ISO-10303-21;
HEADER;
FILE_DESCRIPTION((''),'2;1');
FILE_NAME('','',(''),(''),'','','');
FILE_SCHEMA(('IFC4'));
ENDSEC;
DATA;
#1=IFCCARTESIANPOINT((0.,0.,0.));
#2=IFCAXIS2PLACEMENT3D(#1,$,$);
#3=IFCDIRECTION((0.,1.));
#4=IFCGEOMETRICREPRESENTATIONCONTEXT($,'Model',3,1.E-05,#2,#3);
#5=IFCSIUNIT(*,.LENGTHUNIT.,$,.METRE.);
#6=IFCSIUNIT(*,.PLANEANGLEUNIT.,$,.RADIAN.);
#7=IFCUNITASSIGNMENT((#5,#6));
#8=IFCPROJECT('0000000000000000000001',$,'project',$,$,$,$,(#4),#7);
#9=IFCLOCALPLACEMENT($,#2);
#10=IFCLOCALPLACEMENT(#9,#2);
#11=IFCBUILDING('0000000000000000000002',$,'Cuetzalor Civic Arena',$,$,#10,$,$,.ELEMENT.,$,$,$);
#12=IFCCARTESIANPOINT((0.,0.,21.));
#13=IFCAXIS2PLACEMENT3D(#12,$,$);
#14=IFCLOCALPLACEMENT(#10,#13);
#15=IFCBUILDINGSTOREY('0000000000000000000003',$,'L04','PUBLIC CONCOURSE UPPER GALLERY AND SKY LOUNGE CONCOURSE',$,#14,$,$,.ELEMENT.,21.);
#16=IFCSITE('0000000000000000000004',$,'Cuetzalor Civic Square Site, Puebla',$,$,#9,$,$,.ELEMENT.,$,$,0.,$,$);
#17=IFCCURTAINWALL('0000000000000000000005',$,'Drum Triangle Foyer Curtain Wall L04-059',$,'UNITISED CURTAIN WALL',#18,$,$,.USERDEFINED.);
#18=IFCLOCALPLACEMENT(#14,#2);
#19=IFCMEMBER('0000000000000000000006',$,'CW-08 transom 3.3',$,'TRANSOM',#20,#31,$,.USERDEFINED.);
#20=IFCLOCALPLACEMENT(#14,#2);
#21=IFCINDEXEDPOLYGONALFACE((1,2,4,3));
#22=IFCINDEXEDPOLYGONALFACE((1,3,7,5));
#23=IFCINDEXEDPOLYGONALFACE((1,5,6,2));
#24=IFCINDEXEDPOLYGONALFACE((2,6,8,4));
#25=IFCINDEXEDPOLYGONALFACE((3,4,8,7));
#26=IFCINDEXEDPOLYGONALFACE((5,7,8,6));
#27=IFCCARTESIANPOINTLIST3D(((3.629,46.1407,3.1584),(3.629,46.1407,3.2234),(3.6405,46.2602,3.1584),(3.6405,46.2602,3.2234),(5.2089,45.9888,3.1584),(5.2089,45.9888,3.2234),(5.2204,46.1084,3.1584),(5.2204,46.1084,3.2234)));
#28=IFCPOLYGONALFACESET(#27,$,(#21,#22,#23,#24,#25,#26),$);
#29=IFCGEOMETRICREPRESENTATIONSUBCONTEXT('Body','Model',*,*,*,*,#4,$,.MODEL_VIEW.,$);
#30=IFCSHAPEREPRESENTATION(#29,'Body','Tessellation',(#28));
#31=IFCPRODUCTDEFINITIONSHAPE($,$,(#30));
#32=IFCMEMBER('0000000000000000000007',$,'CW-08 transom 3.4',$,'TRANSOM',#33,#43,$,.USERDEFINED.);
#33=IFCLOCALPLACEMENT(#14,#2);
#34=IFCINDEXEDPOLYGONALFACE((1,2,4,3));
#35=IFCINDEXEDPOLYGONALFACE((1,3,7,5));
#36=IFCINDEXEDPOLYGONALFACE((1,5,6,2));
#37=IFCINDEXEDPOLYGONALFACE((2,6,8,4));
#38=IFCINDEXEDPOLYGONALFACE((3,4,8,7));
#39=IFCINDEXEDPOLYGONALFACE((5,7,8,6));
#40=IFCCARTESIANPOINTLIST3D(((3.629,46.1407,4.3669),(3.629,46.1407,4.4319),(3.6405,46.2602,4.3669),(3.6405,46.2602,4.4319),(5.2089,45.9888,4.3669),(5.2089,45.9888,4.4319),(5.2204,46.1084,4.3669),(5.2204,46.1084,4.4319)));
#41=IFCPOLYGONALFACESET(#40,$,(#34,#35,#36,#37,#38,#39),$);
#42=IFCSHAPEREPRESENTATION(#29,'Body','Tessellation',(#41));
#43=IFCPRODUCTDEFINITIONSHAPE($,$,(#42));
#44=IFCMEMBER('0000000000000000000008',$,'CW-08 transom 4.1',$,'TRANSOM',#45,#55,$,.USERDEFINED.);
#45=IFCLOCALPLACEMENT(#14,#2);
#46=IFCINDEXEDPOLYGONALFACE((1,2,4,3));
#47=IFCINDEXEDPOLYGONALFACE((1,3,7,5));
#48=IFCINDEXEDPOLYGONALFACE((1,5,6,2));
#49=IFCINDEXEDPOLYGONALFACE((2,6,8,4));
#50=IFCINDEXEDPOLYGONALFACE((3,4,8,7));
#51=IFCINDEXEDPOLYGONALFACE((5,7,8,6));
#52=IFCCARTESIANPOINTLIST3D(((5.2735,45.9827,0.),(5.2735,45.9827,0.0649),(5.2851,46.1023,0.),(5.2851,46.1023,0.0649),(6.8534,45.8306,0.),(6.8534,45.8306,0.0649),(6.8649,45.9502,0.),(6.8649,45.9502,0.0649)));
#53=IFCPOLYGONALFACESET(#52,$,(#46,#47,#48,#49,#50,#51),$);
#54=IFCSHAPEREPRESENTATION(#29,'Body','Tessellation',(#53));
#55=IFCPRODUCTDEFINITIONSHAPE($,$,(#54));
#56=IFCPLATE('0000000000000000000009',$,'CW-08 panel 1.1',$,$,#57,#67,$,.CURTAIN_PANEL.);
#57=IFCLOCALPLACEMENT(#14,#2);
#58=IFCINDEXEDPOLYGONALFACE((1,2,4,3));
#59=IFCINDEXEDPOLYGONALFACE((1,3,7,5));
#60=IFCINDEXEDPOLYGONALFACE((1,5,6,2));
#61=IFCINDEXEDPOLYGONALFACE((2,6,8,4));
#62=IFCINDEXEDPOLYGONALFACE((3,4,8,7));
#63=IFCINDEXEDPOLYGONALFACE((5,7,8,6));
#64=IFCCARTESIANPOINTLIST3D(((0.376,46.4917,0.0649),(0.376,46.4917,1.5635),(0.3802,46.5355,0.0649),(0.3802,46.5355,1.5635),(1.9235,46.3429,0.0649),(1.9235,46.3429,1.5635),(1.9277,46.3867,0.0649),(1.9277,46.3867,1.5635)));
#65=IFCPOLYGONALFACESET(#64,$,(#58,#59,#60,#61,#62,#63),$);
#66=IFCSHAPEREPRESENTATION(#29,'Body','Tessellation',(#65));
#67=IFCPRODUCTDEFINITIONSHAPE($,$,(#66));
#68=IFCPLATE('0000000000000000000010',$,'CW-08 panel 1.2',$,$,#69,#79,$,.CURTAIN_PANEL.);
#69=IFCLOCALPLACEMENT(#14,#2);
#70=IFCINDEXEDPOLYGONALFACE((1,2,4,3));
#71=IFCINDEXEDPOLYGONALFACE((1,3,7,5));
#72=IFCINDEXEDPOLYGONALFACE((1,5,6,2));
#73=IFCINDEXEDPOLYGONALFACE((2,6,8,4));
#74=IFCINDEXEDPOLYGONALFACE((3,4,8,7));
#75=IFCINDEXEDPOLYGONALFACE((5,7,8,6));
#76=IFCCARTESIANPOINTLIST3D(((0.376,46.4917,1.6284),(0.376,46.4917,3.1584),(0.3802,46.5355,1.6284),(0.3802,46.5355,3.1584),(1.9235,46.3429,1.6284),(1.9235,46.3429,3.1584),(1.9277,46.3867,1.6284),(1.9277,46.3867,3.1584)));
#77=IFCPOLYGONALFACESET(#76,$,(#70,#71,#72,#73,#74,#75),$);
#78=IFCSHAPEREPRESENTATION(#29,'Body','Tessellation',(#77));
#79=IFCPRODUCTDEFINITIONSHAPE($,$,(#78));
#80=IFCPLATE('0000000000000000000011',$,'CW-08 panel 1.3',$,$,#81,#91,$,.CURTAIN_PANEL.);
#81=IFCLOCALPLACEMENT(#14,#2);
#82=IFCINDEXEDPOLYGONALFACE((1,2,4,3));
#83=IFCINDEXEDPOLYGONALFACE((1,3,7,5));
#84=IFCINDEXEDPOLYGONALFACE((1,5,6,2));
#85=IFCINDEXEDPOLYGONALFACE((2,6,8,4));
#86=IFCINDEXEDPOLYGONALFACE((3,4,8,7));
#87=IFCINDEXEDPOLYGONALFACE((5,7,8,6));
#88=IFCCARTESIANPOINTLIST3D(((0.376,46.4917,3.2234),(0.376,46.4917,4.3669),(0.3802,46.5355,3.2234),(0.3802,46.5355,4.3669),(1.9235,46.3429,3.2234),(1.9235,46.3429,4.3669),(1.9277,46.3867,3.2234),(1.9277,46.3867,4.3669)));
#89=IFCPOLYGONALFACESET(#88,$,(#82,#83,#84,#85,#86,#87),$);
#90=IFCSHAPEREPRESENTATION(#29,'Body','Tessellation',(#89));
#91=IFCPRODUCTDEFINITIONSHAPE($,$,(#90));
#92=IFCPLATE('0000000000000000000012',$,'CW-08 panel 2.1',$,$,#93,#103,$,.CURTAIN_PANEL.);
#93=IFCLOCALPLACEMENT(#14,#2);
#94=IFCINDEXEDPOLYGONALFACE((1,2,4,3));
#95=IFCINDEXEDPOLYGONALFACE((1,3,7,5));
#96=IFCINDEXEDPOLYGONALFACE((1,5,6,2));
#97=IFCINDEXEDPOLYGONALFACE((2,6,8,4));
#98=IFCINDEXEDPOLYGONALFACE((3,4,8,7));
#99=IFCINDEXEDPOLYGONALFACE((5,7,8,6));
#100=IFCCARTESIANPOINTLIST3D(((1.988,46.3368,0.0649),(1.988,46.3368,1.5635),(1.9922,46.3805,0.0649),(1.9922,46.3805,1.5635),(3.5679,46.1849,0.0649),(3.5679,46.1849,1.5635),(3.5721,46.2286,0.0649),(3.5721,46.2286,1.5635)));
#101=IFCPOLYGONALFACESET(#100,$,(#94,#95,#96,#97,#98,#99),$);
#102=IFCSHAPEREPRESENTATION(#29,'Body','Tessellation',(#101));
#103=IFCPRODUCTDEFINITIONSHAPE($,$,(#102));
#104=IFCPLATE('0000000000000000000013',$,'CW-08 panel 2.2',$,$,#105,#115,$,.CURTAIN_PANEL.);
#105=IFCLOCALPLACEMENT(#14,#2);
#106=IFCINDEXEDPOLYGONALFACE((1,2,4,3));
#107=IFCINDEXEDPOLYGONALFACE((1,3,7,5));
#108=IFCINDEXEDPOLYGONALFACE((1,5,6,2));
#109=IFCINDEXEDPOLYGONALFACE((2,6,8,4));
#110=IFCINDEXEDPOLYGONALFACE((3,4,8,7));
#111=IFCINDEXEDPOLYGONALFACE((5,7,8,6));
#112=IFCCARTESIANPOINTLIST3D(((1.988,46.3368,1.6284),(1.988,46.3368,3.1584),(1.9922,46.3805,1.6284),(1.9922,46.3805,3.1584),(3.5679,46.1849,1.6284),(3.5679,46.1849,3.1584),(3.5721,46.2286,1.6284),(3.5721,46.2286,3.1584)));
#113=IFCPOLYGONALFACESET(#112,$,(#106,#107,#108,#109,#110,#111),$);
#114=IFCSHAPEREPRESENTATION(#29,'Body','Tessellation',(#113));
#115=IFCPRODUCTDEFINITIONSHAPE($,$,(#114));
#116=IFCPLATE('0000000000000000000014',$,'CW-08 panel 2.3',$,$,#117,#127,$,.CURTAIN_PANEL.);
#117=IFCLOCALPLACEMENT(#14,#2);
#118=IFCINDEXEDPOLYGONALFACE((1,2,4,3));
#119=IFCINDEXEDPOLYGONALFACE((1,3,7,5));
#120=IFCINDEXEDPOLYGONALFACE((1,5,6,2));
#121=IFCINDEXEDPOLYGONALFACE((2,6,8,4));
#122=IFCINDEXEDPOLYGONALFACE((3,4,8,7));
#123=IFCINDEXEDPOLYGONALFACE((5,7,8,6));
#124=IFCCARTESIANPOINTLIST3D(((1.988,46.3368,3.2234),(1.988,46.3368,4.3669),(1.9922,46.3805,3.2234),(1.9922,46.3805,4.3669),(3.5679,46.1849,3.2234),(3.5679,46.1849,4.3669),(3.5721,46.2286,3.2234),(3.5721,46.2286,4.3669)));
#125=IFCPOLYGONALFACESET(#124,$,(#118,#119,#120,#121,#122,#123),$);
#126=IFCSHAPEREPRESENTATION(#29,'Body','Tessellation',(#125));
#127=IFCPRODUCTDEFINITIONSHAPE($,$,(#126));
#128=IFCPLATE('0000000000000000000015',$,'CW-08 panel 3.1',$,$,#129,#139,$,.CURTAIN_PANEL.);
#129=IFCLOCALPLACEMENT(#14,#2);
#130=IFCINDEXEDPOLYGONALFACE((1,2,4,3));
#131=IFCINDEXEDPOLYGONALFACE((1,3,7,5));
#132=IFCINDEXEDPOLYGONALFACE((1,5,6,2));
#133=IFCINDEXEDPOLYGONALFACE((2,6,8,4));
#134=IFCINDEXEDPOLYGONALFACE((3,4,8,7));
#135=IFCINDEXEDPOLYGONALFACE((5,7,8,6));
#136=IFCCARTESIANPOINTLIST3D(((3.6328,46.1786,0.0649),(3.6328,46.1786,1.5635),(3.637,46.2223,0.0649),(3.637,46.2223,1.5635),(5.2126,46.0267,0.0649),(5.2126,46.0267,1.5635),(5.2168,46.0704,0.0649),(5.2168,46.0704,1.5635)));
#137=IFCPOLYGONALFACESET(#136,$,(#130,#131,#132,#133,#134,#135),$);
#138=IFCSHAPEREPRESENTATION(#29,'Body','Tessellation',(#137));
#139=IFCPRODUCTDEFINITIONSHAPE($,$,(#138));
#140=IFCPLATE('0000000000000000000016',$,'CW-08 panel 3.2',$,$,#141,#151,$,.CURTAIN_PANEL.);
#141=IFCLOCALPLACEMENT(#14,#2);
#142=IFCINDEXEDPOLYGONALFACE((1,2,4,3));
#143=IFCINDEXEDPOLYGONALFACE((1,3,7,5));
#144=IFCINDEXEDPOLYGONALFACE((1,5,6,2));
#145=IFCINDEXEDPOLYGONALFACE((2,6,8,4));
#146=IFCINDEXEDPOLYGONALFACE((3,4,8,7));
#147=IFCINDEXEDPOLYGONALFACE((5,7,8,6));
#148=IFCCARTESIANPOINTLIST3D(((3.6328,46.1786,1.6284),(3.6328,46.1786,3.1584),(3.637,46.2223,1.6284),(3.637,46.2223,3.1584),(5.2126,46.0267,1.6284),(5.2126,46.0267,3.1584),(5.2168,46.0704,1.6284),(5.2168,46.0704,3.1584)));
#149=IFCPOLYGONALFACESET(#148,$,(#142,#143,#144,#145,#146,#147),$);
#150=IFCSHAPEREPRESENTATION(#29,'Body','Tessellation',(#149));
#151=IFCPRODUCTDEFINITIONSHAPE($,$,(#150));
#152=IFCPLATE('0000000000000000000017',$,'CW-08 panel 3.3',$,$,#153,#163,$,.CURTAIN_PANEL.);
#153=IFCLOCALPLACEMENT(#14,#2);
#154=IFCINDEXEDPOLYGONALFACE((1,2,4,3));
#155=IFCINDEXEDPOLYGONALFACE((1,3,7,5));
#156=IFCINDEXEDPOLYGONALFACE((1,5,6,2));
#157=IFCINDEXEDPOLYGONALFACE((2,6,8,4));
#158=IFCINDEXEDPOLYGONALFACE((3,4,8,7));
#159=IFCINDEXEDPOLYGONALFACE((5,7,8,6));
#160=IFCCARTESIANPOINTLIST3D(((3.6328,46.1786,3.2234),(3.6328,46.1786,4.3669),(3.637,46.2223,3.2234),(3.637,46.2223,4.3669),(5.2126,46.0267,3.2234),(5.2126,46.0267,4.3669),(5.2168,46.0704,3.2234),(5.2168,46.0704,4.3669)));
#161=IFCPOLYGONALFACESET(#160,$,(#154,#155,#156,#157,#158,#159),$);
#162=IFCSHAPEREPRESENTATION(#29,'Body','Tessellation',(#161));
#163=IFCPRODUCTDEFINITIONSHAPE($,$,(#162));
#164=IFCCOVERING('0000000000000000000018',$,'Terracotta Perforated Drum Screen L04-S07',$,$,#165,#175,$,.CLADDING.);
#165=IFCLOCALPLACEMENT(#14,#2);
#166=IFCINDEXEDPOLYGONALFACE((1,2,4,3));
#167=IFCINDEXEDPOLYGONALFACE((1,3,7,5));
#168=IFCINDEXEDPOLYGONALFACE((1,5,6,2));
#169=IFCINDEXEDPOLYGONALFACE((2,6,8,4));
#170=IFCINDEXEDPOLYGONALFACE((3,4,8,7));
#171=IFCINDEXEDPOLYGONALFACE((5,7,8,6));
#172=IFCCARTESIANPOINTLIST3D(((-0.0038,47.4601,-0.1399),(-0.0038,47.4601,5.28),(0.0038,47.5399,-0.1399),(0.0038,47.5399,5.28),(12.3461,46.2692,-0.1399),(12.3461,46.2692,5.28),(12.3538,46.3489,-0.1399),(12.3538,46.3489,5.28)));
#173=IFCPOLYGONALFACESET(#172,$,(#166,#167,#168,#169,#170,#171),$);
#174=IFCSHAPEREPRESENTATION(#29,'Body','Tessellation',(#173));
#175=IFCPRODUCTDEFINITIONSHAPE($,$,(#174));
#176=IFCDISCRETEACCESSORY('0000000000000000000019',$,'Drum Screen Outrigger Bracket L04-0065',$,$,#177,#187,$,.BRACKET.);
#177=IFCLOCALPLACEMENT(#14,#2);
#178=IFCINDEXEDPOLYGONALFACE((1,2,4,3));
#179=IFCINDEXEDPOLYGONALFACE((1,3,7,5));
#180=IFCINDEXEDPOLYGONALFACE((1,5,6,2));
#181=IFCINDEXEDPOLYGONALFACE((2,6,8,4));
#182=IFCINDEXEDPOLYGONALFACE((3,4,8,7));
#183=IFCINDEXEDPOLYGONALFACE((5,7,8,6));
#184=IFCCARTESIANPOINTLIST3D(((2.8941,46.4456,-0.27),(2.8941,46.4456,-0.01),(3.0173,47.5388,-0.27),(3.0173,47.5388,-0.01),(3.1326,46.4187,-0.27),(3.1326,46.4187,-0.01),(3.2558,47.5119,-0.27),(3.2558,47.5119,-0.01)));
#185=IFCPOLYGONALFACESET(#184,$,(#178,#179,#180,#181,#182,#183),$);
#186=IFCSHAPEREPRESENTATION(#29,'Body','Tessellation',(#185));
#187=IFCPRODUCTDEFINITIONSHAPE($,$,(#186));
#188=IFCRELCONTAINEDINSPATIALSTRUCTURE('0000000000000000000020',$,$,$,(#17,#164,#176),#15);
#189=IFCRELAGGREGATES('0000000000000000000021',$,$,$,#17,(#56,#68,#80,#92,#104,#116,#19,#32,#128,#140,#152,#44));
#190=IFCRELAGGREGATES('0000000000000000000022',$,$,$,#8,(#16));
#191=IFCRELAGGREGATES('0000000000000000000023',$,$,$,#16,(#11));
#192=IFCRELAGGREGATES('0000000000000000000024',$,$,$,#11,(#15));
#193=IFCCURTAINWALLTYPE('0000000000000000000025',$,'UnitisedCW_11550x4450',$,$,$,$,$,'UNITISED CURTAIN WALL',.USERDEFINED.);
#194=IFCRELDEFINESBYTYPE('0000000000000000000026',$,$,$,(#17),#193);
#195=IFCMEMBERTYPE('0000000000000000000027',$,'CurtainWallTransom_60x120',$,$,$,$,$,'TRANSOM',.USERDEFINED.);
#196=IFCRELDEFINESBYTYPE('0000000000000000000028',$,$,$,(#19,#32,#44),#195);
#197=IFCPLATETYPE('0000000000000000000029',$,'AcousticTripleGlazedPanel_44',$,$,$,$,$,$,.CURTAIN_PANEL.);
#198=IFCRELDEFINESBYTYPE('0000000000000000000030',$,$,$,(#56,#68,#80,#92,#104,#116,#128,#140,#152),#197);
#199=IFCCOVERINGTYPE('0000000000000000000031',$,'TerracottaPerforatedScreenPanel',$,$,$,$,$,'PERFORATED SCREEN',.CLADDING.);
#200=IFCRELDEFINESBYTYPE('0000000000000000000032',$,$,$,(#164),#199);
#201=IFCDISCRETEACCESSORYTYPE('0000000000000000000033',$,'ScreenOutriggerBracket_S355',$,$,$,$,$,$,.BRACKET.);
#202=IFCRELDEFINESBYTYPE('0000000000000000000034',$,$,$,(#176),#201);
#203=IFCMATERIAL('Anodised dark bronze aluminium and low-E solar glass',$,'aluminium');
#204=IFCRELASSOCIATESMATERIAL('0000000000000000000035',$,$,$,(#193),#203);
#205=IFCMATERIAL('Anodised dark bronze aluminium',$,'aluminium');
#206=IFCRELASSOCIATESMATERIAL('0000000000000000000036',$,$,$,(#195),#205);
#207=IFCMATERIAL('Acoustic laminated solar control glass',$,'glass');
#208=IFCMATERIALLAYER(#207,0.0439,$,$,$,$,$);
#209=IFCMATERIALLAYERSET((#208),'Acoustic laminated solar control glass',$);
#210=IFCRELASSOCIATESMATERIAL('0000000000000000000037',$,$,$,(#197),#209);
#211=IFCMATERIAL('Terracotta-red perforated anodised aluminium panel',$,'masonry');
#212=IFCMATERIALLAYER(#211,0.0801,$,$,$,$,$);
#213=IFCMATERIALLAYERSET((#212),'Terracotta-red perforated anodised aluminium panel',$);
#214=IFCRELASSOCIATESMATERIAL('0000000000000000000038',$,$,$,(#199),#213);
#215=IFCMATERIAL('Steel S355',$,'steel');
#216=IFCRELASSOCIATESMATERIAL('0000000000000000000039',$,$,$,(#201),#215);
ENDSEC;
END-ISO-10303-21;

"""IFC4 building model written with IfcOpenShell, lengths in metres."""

from ifc_helpers import new_model, si_unit, direction, frame, frame_2d, origin, origin_2d, place, context, subcontext, project, spatial, rectangle, extrude, material, layer, layer_set, material_profile, profile_set, type_object, element, aggregate, save


model = new_model("IFC4")

# Units and contexts
model_context = context("Model", 3, precision=1e-05, world=origin(), true_north=direction((0.0, 1.0)))
body_context = subcontext(model_context, "Body", "Model", "MODEL_VIEW")
ifc_project = project(units=[si_unit("LENGTHUNIT", "METRE"), si_unit("PLANEANGLEUNIT", "RADIAN")], contexts=[model_context])

# Site, building, storey
site_placement = place(None, origin())
site = spatial("IfcSite", under=ifc_project, at=site_placement, Name="Cuetzalor Civic Square Site, Puebla", CompositionType="ELEMENT", RefElevation=0.0)
building_placement = place(site_placement, origin())
building = spatial("IfcBuilding", under=site, at=building_placement, Name="Cuetzalor Civic Arena", CompositionType="ELEMENT")
storey_placement = place(building_placement, frame((0.0, 0.0, 21.0)))
storey = spatial("IfcBuildingStorey", under=building, at=storey_placement, Name="L04", Description="PUBLIC CONCOURSE UPPER GALLERY AND SKY LOUNGE CONCOURSE", CompositionType="ELEMENT", Elevation=21.0)

# Curtain wall, members, plates
ifc_material_1 = material(Name="Anodised dark bronze aluminium and low-E solar glass", Category="aluminium")
curtain_wall_type = type_object("IfcCurtainWallType", Name="UnitisedCW_11550x4450", ElementType="UNITISED CURTAIN WALL", PredefinedType="USERDEFINED", material=ifc_material_1)
curtain_wall_placement = place(storey_placement, origin())
curtain_wall = element("IfcCurtainWall", 1, at=curtain_wall_placement, inside=storey, type_object=curtain_wall_type, Name="Drum Triangle Foyer Curtain Wall L04-059", ObjectType="UNITISED CURTAIN WALL", PredefinedType="USERDEFINED")
ifc_material_2 = material(Name="Anodised dark bronze aluminium", Category="aluminium")
ifc_material_profile_1 = material_profile(ifc_material_2, rectangle(XDim=0.1201, YDim=0.0649, at=origin_2d()), Name="ALU TRANSOM 65x120")
ifc_profile_set_1 = profile_set([ifc_material_profile_1], Name="Anodised dark bronze aluminium")
member_type_1 = type_object("IfcMemberType", Name="CurtainWallTransom_60x120", ElementType="TRANSOM", PredefinedType="USERDEFINED", material=ifc_profile_set_1)
member_1_placement = place(storey_placement, frame((3.6348, 46.2004, 3.1909), z_axis=(0.995412, -0.09568, 0.0), x_axis=(0.09568, 0.995412, 0.0)))
member_1 = element("IfcMember", 2, at=member_1_placement, type_object=member_type_1, Name="CW-08 transom 3.3", ObjectType="TRANSOM", PredefinedType="USERDEFINED", context=body_context, shape_type="SweptSolid", body=[
    extrude(rectangle(XDim=0.1201, YDim=0.0649, at=origin_2d()), origin(), (0.0, 0.0, 1.0), 1.5872),
])
member_2_placement = place(storey_placement, frame((3.6348, 46.2004, 4.3994), z_axis=(0.995412, -0.09568, 0.0), x_axis=(0.09568, 0.995412, 0.0)))
member_2 = element("IfcMember", 3, at=member_2_placement, type_object=member_type_1, Name="CW-08 transom 3.4", ObjectType="TRANSOM", PredefinedType="USERDEFINED", context=body_context, shape_type="SweptSolid", body=[
    extrude(rectangle(XDim=0.1201, YDim=0.0649, at=origin_2d()), origin(), (0.0, 0.0, 1.0), 1.5872),
])
member_3_placement = place(storey_placement, frame((5.2793, 46.0425, 0.0325), z_axis=(0.995397, -0.095833, 0.0), x_axis=(0.095833, 0.995397, 0.0)))
member_3 = element("IfcMember", 4, at=member_3_placement, type_object=member_type_1, Name="CW-08 transom 4.1", ObjectType="TRANSOM", PredefinedType="USERDEFINED", context=body_context, shape_type="SweptSolid", body=[
    extrude(rectangle(XDim=0.1201, YDim=0.0649, at=origin_2d()), origin(), (0.0, 0.0, 1.0), 1.5872),
])
ifc_material_3 = material(Name="Acoustic laminated solar control glass", Category="glass")
ifc_layer_1 = layer(ifc_material_3, 0.0439)
ifc_layer_set_1 = layer_set([ifc_layer_1], Name="Acoustic laminated solar control glass")
plate_type = type_object("IfcPlateType", Name="AcousticTripleGlazedPanel_44", PredefinedType="CURTAIN_PANEL", material=ifc_layer_set_1)
plate_1_placement = place(storey_placement, frame((1.1519, 46.4392, 0.0649), z_axis=(0.0, 0.0, 1.0), x_axis=(0.995409, -0.095711, 0.0)))
plate_1 = element("IfcPlate", 5, at=plate_1_placement, type_object=plate_type, Name="CW-08 panel 1.1", PredefinedType="CURTAIN_PANEL", context=body_context, shape_type="SweptSolid", body=[
    extrude(rectangle(XDim=1.5547, YDim=0.0439, at=origin_2d()), origin(), (0.0, 0.0, 1.0), 1.4985),
])
plate_2_placement = place(storey_placement, frame((1.1519, 46.4392, 1.6284), z_axis=(0.0, 0.0, 1.0), x_axis=(0.995409, -0.095711, 0.0)))
plate_2 = element("IfcPlate", 6, at=plate_2_placement, type_object=plate_type, Name="CW-08 panel 1.2", PredefinedType="CURTAIN_PANEL", context=body_context, shape_type="SweptSolid", body=[
    extrude(rectangle(XDim=1.5547, YDim=0.0439, at=origin_2d()), origin(), (0.0, 0.0, 1.0), 1.53),
])
plate_3_placement = place(storey_placement, frame((1.1519, 46.4392, 3.2234), z_axis=(0.0, 0.0, 1.0), x_axis=(0.995409, -0.095711, 0.0)))
plate_3 = element("IfcPlate", 7, at=plate_3_placement, type_object=plate_type, Name="CW-08 panel 1.3", PredefinedType="CURTAIN_PANEL", context=body_context, shape_type="SweptSolid", body=[
    extrude(rectangle(XDim=1.5547, YDim=0.0439, at=origin_2d()), origin(), (0.0, 0.0, 1.0), 1.1436),
])
plate_4_placement = place(storey_placement, frame((2.78, 46.2827, 0.0649), z_axis=(0.0, 0.0, 1.0), x_axis=(0.995409, -0.095711, 0.0)))
plate_4 = element("IfcPlate", 8, at=plate_4_placement, type_object=plate_type, Name="CW-08 panel 2.1", PredefinedType="CURTAIN_PANEL", context=body_context, shape_type="SweptSolid", body=[
    extrude(rectangle(XDim=1.5872, YDim=0.0439, at=origin_2d()), origin(), (0.0, 0.0, 1.0), 1.4985),
])
plate_5_placement = place(storey_placement, frame((2.78, 46.2827, 1.6284), z_axis=(0.0, 0.0, 1.0), x_axis=(0.995409, -0.095711, 0.0)))
plate_5 = element("IfcPlate", 9, at=plate_5_placement, type_object=plate_type, Name="CW-08 panel 2.2", PredefinedType="CURTAIN_PANEL", context=body_context, shape_type="SweptSolid", body=[
    extrude(rectangle(XDim=1.5872, YDim=0.0439, at=origin_2d()), origin(), (0.0, 0.0, 1.0), 1.53),
])
plate_6_placement = place(storey_placement, frame((2.78, 46.2827, 3.2234), z_axis=(0.0, 0.0, 1.0), x_axis=(0.995409, -0.095711, 0.0)))
plate_6 = element("IfcPlate", 10, at=plate_6_placement, type_object=plate_type, Name="CW-08 panel 2.3", PredefinedType="CURTAIN_PANEL", context=body_context, shape_type="SweptSolid", body=[
    extrude(rectangle(XDim=1.5872, YDim=0.0439, at=origin_2d()), origin(), (0.0, 0.0, 1.0), 1.1436),
])
plate_7_placement = place(storey_placement, frame((4.4248, 46.1245, 0.0649), z_axis=(0.0, 0.0, 1.0), x_axis=(0.995409, -0.095711, 0.0)))
plate_7 = element("IfcPlate", 11, at=plate_7_placement, type_object=plate_type, Name="CW-08 panel 3.1", PredefinedType="CURTAIN_PANEL", context=body_context, shape_type="SweptSolid", body=[
    extrude(rectangle(XDim=1.5872, YDim=0.0439, at=origin_2d()), origin(), (0.0, 0.0, 1.0), 1.4985),
])
plate_8_placement = place(storey_placement, frame((4.4248, 46.1245, 1.6284), z_axis=(0.0, 0.0, 1.0), x_axis=(0.995409, -0.095711, 0.0)))
plate_8 = element("IfcPlate", 12, at=plate_8_placement, type_object=plate_type, Name="CW-08 panel 3.2", PredefinedType="CURTAIN_PANEL", context=body_context, shape_type="SweptSolid", body=[
    extrude(rectangle(XDim=1.5872, YDim=0.0439, at=origin_2d()), origin(), (0.0, 0.0, 1.0), 1.53),
])
plate_9_placement = place(storey_placement, frame((4.4248, 46.1245, 3.2234), z_axis=(0.0, 0.0, 1.0), x_axis=(0.995409, -0.095711, 0.0)))
plate_9 = element("IfcPlate", 13, at=plate_9_placement, type_object=plate_type, Name="CW-08 panel 3.3", PredefinedType="CURTAIN_PANEL", context=body_context, shape_type="SweptSolid", body=[
    extrude(rectangle(XDim=1.5872, YDim=0.0439, at=origin_2d()), origin(), (0.0, 0.0, 1.0), 1.1436),
])
aggregate(curtain_wall, [plate_1, plate_2, plate_3, plate_4, plate_5, plate_6, member_1, member_2, plate_7, plate_8, plate_9, member_3])

# Covering
ifc_material_4 = material(Name="Terracotta-red perforated anodised aluminium panel", Category="masonry")
ifc_layer_2 = layer(ifc_material_4, 0.0801)
ifc_layer_set_2 = layer_set([ifc_layer_2], Name="Terracotta-red perforated anodised aluminium panel")
covering_type = type_object("IfcCoveringType", Name="TerracottaPerforatedScreenPanel", ElementType="PERFORATED SCREEN", PredefinedType="CLADDING", material=ifc_layer_set_2)
covering_placement = place(storey_placement, frame((0.0, 47.5, -0.1399), z_axis=(0.0, 0.0, 1.0), x_axis=(0.995383, -0.095986, 0.0)))
element("IfcCovering", 14, at=covering_placement, inside=storey, type_object=covering_type, Name="Terracotta Perforated Drum Screen L04-S07", PredefinedType="CLADDING", context=body_context, shape_type="SweptSolid", body=[
    extrude(rectangle(XDim=12.4072, YDim=0.0801, at=frame_2d((6.2036, 0.0))), origin(), (0.0, 0.0, 1.0), 5.4199),
])

# Discrete accessory
ifc_material_5 = material(Name="Steel S355", Category="steel")
discrete_accessory_type = type_object("IfcDiscreteAccessoryType", Name="ScreenOutriggerBracket_S355", PredefinedType="BRACKET", material=ifc_material_5)
discrete_accessory_placement = place(storey_placement, frame((3.075, 46.9788, -0.27), z_axis=(0.0, 0.0, 1.0), x_axis=(0.111989, 0.993709, 0.0)))
element("IfcDiscreteAccessory", 15, at=discrete_accessory_placement, inside=storey, type_object=discrete_accessory_type, Name="Drum Screen Outrigger Bracket L04-0065", PredefinedType="BRACKET", context=body_context, shape_type="SweptSolid", body=[
    extrude(rectangle(XDim=1.1001, YDim=0.24, at=origin_2d()), origin(), (0.0, 0.0, 1.0), 0.26),
])

save(model, "model.ifc")
